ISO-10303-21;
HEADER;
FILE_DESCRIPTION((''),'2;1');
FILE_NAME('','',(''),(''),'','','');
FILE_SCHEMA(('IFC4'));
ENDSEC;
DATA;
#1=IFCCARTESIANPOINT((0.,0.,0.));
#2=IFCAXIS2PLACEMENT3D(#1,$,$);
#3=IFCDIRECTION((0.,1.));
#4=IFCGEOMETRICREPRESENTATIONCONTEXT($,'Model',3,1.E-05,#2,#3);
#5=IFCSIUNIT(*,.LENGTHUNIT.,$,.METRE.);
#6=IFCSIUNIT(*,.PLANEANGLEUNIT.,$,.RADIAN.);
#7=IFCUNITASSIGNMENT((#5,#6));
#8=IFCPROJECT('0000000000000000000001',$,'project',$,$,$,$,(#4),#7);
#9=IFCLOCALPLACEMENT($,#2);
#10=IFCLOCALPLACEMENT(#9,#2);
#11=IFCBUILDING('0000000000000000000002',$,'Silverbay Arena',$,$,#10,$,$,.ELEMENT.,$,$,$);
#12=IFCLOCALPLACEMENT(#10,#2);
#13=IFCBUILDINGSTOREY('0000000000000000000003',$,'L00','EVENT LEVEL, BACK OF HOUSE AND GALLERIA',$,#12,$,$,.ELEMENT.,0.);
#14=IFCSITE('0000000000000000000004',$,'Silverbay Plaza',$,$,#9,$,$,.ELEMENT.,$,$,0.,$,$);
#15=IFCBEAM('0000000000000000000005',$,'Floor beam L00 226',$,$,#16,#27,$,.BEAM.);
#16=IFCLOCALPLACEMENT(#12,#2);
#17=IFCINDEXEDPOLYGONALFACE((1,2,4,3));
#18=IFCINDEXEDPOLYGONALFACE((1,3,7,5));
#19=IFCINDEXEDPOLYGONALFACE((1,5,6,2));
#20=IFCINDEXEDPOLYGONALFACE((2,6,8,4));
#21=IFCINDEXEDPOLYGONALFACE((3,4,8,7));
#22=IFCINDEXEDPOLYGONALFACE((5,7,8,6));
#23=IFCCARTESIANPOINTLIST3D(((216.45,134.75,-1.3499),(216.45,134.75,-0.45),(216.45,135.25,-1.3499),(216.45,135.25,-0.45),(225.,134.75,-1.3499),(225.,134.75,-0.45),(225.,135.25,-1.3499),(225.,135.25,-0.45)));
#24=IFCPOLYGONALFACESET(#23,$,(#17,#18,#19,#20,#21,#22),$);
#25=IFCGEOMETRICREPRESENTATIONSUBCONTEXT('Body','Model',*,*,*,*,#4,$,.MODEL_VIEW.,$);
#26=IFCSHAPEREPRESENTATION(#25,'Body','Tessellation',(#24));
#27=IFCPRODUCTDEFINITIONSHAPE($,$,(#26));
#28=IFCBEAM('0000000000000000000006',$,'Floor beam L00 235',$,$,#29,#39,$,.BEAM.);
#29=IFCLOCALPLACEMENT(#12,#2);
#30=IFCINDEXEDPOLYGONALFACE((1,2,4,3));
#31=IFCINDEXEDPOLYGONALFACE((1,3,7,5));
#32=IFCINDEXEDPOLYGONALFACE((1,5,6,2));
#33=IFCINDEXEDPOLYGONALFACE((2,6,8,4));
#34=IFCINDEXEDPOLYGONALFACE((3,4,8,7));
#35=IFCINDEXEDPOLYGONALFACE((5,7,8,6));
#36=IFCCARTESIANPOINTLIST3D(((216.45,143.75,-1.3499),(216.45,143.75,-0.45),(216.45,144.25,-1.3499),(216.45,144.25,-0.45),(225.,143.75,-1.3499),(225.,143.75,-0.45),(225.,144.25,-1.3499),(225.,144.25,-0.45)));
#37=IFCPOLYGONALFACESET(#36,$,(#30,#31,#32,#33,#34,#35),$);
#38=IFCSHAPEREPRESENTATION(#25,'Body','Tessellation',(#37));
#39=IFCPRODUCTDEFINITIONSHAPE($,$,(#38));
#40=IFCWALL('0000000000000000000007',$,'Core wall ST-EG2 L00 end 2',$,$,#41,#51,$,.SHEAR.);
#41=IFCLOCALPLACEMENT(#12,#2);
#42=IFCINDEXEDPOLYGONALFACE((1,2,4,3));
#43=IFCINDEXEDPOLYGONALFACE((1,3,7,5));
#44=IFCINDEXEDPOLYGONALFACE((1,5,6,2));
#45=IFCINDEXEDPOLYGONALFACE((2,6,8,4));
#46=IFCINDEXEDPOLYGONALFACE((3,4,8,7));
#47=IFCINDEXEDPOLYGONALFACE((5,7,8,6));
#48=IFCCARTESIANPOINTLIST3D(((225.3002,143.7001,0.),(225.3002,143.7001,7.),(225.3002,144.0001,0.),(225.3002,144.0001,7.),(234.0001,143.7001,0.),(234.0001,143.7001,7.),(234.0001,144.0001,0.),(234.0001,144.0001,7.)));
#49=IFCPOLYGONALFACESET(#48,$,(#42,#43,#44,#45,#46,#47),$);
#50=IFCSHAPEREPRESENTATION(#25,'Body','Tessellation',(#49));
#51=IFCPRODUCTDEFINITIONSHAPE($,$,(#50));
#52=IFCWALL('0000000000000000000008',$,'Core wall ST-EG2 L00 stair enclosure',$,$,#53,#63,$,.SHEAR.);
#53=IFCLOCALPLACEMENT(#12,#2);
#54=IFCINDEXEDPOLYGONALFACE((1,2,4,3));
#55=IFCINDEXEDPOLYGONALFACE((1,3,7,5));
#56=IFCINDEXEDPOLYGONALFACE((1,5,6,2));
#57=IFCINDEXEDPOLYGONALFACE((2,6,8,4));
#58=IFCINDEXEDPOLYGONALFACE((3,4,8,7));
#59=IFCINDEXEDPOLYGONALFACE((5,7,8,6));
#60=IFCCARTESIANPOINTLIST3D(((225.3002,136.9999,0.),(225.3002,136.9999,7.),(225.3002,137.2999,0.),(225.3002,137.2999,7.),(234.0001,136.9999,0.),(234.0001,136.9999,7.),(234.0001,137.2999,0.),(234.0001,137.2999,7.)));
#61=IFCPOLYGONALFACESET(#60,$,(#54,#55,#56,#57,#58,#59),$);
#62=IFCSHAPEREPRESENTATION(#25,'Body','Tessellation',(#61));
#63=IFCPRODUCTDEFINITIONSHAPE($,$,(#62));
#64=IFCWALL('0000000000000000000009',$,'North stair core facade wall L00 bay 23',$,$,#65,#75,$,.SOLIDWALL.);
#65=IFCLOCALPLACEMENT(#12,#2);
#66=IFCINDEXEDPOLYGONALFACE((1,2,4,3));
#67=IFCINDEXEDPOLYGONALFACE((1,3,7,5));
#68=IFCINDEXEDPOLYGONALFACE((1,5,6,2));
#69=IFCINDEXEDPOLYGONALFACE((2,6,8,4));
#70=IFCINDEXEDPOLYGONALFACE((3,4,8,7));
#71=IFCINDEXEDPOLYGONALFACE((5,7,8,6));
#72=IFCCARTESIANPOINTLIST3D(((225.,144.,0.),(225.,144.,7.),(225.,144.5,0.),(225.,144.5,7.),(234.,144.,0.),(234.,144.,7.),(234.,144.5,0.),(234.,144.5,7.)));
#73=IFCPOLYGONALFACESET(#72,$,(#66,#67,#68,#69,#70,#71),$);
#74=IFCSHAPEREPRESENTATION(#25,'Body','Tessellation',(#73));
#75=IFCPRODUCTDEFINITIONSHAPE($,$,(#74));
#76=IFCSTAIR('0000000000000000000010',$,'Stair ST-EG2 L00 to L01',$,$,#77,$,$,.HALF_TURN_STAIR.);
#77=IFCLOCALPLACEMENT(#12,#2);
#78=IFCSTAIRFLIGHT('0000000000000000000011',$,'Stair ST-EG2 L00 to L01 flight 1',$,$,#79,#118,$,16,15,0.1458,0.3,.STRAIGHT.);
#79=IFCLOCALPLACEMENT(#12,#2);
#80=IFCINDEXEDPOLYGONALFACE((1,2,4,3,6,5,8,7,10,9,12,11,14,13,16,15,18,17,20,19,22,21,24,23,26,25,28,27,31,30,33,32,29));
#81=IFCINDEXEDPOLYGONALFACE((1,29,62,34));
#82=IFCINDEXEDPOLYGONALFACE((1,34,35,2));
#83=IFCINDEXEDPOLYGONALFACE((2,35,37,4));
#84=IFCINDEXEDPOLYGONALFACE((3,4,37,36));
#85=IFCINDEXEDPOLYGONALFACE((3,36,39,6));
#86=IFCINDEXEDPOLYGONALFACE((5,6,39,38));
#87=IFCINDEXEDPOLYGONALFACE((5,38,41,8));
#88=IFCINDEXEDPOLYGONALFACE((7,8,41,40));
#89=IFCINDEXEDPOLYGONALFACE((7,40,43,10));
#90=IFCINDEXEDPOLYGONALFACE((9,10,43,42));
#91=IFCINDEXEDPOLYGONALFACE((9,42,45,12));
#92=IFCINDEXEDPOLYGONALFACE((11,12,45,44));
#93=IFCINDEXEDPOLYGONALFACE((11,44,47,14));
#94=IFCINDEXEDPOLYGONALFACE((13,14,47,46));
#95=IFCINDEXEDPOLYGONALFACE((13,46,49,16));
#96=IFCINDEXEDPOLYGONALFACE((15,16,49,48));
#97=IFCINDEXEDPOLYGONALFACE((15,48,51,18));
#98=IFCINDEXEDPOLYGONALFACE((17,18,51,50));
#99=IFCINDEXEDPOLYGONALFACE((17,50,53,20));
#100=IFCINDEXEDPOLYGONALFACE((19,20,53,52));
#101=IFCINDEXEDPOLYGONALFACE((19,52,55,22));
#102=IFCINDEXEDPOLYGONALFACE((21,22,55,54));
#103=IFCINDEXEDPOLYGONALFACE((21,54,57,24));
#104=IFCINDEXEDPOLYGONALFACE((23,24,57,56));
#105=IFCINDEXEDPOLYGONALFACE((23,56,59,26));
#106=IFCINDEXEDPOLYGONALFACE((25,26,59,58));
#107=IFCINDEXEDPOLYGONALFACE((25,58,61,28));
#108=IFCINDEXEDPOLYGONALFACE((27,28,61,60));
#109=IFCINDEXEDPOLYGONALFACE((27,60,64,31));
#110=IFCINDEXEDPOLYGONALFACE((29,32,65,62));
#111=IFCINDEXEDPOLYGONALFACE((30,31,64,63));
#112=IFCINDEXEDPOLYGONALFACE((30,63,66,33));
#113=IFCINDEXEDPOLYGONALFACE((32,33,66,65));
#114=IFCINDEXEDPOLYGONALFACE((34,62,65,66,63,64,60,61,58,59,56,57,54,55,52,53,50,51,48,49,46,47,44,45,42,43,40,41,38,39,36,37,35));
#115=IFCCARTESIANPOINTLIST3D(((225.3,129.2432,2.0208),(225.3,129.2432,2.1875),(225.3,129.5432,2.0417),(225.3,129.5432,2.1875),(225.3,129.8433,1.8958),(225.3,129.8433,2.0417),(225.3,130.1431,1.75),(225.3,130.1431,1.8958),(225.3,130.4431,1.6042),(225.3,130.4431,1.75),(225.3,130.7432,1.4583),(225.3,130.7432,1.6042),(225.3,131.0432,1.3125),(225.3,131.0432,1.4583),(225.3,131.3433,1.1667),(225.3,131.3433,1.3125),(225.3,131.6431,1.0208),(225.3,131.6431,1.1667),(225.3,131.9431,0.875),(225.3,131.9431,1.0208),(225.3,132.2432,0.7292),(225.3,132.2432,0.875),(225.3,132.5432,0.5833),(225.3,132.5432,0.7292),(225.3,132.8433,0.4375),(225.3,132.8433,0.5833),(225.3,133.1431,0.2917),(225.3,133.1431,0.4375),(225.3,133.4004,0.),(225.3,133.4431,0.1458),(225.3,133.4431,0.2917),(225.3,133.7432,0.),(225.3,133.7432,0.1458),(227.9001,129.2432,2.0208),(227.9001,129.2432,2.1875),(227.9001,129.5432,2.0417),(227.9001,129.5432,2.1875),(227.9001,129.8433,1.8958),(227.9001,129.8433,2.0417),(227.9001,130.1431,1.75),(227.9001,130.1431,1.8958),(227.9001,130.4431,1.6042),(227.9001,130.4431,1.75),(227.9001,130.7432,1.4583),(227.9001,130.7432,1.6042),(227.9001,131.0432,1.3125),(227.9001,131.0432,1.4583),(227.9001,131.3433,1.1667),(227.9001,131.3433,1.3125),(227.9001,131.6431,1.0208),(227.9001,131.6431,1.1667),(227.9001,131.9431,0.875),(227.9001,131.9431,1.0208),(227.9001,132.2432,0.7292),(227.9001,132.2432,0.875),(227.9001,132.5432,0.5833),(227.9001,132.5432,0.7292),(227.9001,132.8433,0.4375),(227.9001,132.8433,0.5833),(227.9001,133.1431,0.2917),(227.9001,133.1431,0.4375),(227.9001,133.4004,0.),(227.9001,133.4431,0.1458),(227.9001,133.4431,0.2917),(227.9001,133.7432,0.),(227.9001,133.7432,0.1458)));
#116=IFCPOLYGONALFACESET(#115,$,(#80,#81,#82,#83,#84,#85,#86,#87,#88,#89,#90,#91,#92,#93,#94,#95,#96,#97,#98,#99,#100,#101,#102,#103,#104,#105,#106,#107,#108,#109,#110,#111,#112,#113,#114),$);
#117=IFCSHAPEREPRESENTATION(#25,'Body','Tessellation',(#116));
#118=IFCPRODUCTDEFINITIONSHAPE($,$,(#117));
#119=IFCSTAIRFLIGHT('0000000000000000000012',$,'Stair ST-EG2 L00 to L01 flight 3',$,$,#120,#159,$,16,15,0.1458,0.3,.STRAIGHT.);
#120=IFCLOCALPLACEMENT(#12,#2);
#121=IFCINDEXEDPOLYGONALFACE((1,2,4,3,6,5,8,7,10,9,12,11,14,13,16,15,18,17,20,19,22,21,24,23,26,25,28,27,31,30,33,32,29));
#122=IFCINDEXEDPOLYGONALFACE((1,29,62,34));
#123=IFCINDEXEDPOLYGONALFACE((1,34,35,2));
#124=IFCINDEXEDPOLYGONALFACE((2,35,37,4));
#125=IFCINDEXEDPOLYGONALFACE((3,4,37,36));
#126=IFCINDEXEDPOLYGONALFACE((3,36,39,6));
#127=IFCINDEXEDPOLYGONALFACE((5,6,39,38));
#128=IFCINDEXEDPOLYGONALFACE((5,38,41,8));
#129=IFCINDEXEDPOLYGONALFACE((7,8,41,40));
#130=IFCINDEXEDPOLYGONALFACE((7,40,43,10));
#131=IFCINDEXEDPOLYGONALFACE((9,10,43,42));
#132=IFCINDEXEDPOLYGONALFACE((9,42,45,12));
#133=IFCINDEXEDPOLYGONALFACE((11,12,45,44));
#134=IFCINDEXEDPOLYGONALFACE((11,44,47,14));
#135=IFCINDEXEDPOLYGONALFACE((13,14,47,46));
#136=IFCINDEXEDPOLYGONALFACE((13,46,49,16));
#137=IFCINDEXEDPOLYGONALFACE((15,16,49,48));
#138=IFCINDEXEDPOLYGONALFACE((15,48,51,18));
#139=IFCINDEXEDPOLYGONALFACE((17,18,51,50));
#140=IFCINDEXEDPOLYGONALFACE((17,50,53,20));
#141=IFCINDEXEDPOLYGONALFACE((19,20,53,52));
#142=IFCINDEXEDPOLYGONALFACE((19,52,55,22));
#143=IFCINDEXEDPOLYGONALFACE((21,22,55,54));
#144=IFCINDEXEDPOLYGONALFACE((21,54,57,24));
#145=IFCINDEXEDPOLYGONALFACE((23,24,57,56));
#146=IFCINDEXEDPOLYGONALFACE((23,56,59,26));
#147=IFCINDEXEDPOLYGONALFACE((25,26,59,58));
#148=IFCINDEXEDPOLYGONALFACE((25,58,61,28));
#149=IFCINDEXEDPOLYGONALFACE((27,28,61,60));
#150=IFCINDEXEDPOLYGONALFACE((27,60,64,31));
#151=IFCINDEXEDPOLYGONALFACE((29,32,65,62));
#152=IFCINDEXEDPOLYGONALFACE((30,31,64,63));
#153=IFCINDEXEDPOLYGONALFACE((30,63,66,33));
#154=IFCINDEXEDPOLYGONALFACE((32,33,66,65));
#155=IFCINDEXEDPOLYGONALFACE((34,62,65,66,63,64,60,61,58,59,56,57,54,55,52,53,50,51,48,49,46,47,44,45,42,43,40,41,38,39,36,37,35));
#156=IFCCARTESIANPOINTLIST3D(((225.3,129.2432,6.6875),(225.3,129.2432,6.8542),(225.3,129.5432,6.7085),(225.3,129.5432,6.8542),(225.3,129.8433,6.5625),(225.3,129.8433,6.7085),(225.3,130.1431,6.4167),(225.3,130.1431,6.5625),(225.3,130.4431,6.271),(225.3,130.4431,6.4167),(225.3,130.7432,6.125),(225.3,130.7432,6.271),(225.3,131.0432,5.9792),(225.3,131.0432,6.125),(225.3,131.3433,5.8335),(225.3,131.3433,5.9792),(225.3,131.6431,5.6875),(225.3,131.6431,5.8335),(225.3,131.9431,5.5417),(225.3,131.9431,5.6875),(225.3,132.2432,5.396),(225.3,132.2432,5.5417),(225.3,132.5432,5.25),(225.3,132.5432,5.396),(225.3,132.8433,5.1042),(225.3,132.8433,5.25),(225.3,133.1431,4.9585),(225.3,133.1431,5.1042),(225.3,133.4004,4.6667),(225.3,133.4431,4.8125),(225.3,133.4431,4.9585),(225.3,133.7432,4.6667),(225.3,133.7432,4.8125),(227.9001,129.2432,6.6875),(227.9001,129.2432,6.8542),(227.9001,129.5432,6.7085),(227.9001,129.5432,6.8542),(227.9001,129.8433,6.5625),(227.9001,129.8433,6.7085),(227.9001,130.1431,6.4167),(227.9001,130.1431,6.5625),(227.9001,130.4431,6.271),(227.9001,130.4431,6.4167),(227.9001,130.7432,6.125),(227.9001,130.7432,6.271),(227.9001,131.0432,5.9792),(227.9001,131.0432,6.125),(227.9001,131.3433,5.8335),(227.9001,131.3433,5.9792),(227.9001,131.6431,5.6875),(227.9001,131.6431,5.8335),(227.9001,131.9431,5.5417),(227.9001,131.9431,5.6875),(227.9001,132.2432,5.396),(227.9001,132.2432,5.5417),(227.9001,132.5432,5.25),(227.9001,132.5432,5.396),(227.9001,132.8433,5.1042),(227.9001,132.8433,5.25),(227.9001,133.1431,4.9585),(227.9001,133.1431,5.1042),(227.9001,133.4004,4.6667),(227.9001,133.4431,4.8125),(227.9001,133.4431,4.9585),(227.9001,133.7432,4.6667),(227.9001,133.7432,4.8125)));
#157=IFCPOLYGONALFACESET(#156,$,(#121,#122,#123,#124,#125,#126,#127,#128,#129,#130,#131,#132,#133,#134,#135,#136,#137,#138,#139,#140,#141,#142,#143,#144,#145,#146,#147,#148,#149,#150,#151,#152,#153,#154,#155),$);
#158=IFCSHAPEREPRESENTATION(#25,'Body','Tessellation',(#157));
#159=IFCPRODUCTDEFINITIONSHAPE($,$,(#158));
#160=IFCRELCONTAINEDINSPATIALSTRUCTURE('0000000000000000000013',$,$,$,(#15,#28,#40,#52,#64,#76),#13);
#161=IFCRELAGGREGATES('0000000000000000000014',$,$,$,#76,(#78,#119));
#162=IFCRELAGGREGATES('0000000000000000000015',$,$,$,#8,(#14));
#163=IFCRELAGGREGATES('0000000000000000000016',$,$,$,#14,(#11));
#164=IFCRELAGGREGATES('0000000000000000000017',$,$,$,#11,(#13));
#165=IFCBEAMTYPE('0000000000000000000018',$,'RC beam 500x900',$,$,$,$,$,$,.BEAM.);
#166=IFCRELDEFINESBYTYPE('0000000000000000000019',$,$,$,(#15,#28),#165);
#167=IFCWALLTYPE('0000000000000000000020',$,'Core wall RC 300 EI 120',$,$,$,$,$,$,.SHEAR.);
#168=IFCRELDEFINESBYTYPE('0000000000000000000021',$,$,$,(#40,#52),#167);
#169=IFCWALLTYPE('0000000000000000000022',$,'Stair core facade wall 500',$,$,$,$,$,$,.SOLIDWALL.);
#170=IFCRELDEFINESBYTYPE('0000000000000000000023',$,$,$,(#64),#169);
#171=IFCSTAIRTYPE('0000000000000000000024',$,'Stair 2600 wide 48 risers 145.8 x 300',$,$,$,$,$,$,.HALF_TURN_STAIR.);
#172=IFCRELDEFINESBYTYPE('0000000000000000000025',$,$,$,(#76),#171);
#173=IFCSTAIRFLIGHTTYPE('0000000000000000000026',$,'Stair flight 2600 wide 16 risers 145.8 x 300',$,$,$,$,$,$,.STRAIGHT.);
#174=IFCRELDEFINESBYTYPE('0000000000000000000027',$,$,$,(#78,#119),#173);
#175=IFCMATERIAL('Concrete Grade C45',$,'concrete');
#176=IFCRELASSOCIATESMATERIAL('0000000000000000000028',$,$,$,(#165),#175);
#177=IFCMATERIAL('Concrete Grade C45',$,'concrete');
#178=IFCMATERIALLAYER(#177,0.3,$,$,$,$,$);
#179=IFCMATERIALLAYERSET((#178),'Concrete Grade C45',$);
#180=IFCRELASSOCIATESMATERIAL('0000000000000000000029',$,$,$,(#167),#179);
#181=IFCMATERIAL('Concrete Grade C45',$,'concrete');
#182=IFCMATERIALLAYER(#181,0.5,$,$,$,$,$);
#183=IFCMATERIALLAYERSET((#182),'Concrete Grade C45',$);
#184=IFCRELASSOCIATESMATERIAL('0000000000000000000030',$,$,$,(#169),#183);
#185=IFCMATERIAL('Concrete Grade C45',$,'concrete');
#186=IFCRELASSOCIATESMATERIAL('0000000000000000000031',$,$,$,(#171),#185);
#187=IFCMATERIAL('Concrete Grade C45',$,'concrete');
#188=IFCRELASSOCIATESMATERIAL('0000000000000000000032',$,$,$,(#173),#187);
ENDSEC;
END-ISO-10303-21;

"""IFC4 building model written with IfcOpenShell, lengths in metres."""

from ifc_helpers import new_model, si_unit, direction, frame, frame_2d, origin, origin_2d, place, context, subcontext, project, spatial, polyline, rectangle, outline, extrude, material, layer, layer_set, material_profile, profile_set, type_object, element, aggregate, save


model = new_model("IFC4")

# Units and contexts
model_context = context("Model", 3, precision=1e-05, world=origin(), true_north=direction((0.0, 1.0)))
body_context = subcontext(model_context, "Body", "Model", "MODEL_VIEW")
ifc_project = project(units=[si_unit("LENGTHUNIT", "METRE"), si_unit("PLANEANGLEUNIT", "RADIAN")], contexts=[model_context])

# Site, building, storey
site_placement = place(None, origin())
site = spatial("IfcSite", under=ifc_project, at=site_placement, Name="Silverbay Plaza", CompositionType="ELEMENT", RefElevation=0.0)
building_placement = place(site_placement, origin())
building = spatial("IfcBuilding", under=site, at=building_placement, Name="Silverbay Arena", CompositionType="ELEMENT")
storey_placement = place(building_placement, origin())
storey = spatial("IfcBuildingStorey", under=building, at=storey_placement, Name="L00", Description="EVENT LEVEL, BACK OF HOUSE AND GALLERIA", CompositionType="ELEMENT", Elevation=0.0)

# Beams
ifc_material_1 = material(Name="Concrete Grade C45", Category="concrete")
ifc_material_profile = material_profile(ifc_material_1, rectangle(XDim=0.5, YDim=0.8999, at=origin_2d()), Name="RC 500x900")
ifc_profile_set = profile_set([ifc_material_profile], Name="Concrete Grade C45")
beam_type = type_object("IfcBeamType", Name="RC beam 500x900", PredefinedType="BEAM", material=ifc_profile_set)
for number, where, z_axis, x_axis, name in (
    (1, (216.45, 135.0, -0.8999), (1.0, 0.0, 0.0), (0.0, 1.0, 0.0), "Floor beam L00 226"),
    (2, (216.45, 144.0, -0.8999), (1.0, 0.0, 0.0), (0.0, 1.0, 0.0), "Floor beam L00 235"),
):
    element("IfcBeam", number, at=place(storey_placement, frame(where, z_axis=z_axis, x_axis=x_axis)), inside=storey, type_object=beam_type, Name=name, PredefinedType="BEAM", context=body_context, shape_type="SweptSolid", body=[
        extrude(rectangle(XDim=0.5, YDim=0.8999, at=origin_2d()), origin(), (0.0, 0.0, 1.0), 8.55),
    ])

# Walls
ifc_material_2 = material(Name="Concrete Grade C45", Category="concrete")
ifc_layer_1 = layer(ifc_material_2, 0.3)
ifc_layer_set_1 = layer_set([ifc_layer_1], Name="Concrete Grade C45")
wall_type_1 = type_object("IfcWallType", Name="Core wall RC 300 EI 120", PredefinedType="SHEAR", material=ifc_layer_set_1)
for number, where, z_axis, x_axis, name in (
    (3, (225.3, 143.8501, 0.0), (0.0, 0.0, 1.0), (1.0, 0.0, 0.0), "Core wall ST-EG2 L00 end 2"),
    (4, (225.3, 137.1499, 0.0), (0.0, 0.0, 1.0), (1.0, 0.0, 0.0), "Core wall ST-EG2 L00 stair enclosure"),
):
    element("IfcWall", number, at=place(storey_placement, frame(where, z_axis=z_axis, x_axis=x_axis)), inside=storey, type_object=wall_type_1, Name=name, PredefinedType="SHEAR", context=body_context, shape_type="SweptSolid", body=[
        extrude(rectangle(XDim=8.7, YDim=0.3, at=frame_2d((4.3501, 0.0))), origin(), (0.0, 0.0, 1.0), 7.0),
    ])
ifc_material_3 = material(Name="Concrete Grade C45", Category="concrete")
ifc_layer_2 = layer(ifc_material_3, 0.5)
ifc_layer_set_2 = layer_set([ifc_layer_2], Name="Concrete Grade C45")
wall_type_2 = type_object("IfcWallType", Name="Stair core facade wall 500", PredefinedType="SOLIDWALL", material=ifc_layer_set_2)
wall_1_placement = place(storey_placement, frame((234.0, 144.25, 0.0), z_axis=(0.0, 0.0, 1.0), x_axis=(-1.0, 0.0, 0.0)))
element("IfcWall", 5, at=wall_1_placement, inside=storey, type_object=wall_type_2, Name="North stair core facade wall L00 bay 23", PredefinedType="SOLIDWALL", context=body_context, shape_type="SweptSolid", body=[
    extrude(rectangle(XDim=9.0, YDim=0.5, at=frame_2d((4.5, 0.0))), origin(), (0.0, 0.0, 1.0), 7.0),
])

# Stair, stair flights
ifc_material_4 = material(Name="Concrete Grade C45", Category="concrete")
stair_type = type_object("IfcStairType", Name="Stair 2600 wide 48 risers 145.8 x 300", PredefinedType="HALF_TURN_STAIR", material=ifc_material_4)
stair_placement = place(storey_placement, origin())
stair = element("IfcStair", 6, at=stair_placement, inside=storey, type_object=stair_type, Name="Stair ST-EG2 L00 to L01", PredefinedType="HALF_TURN_STAIR")
ifc_material_5 = material(Name="Concrete Grade C45", Category="concrete")
stair_flight_type = type_object("IfcStairFlightType", Name="Stair flight 2600 wide 16 risers 145.8 x 300", PredefinedType="STRAIGHT", material=ifc_material_5)
stair_flight_1_placement = place(storey_placement, frame((226.6001, 133.7432, 0.0), z_axis=(0.0, 0.0, 1.0), x_axis=(0.0, -1.0, 0.0)))
stair_flight_1 = element("IfcStairFlight", 7, at=stair_flight_1_placement, type_object=stair_flight_type, Name="Stair ST-EG2 L00 to L01 flight 1", NumberOfRisers=16, NumberOfTreads=15, PredefinedType="STRAIGHT", RiserHeight=0.1458, TreadLength=0.3, context=body_context, shape_type="SweptSolid", body=[
    extrude(outline(polyline([(0.0, 0.0), (0.0, 0.1458), (0.3, 0.1458), (0.3, 0.2917), (0.6001, 0.2917), (0.6001, 0.4375), (0.8999, 0.4375), (0.8999, 0.5833), (1.2, 0.5833), (1.2, 0.7292), (1.5, 0.7292), (1.5, 0.875), (1.8, 0.875), (1.8, 1.0208), (2.1001, 1.0208), (2.1001, 1.1667), (2.3999, 1.1667), (2.3999, 1.3125), (2.7, 1.3125), (2.7, 1.4583), (3.0, 1.4583), (3.0, 1.6042), (3.3, 1.6042), (3.3, 1.75), (3.6001, 1.75), (3.6001, 1.8958), (3.8999, 1.8958), (3.8999, 2.0417), (4.2, 2.0417), (4.2, 2.1875), (4.5, 2.1875), (4.5, 2.0208), (0.3428, 0.0), (0.0, 0.0)])), frame((0.0, 1.3, 0.0), z_axis=(0.0, -1.0, 0.0), x_axis=(1.0, 0.0, 0.0)), (0.0, 0.0, 1.0), 2.6001),
])
stair_flight_2_placement = place(storey_placement, frame((226.6001, 133.7432, 4.6667), z_axis=(0.0, 0.0, 1.0), x_axis=(0.0, -1.0, 0.0)))
stair_flight_2 = element("IfcStairFlight", 8, at=stair_flight_2_placement, type_object=stair_flight_type, Name="Stair ST-EG2 L00 to L01 flight 3", NumberOfRisers=16, NumberOfTreads=15, PredefinedType="STRAIGHT", RiserHeight=0.1458, TreadLength=0.3, context=body_context, shape_type="SweptSolid", body=[
    extrude(outline(polyline([(0.0, 0.0), (0.0, 0.1458), (0.3, 0.1458), (0.3, 0.2917), (0.6001, 0.2917), (0.6001, 0.4375), (0.8999, 0.4375), (0.8999, 0.5833), (1.2, 0.5833), (1.2, 0.7292), (1.5, 0.7292), (1.5, 0.875), (1.8, 0.875), (1.8, 1.0208), (2.1001, 1.0208), (2.1001, 1.1667), (2.3999, 1.1667), (2.3999, 1.3125), (2.7, 1.3125), (2.7, 1.4583), (3.0, 1.4583), (3.0, 1.6042), (3.3, 1.6042), (3.3, 1.75), (3.6001, 1.75), (3.6001, 1.8958), (3.8999, 1.8958), (3.8999, 2.0417), (4.2, 2.0417), (4.2, 2.1875), (4.5, 2.1875), (4.5, 2.0208), (0.3428, 0.0), (0.0, 0.0)])), frame((0.0, 1.3, 0.0), z_axis=(0.0, -1.0, 0.0), x_axis=(1.0, 0.0, 0.0)), (0.0, 0.0, 1.0), 2.6001),
])
aggregate(stair, [stair_flight_1, stair_flight_2])

save(model, "model.ifc")
